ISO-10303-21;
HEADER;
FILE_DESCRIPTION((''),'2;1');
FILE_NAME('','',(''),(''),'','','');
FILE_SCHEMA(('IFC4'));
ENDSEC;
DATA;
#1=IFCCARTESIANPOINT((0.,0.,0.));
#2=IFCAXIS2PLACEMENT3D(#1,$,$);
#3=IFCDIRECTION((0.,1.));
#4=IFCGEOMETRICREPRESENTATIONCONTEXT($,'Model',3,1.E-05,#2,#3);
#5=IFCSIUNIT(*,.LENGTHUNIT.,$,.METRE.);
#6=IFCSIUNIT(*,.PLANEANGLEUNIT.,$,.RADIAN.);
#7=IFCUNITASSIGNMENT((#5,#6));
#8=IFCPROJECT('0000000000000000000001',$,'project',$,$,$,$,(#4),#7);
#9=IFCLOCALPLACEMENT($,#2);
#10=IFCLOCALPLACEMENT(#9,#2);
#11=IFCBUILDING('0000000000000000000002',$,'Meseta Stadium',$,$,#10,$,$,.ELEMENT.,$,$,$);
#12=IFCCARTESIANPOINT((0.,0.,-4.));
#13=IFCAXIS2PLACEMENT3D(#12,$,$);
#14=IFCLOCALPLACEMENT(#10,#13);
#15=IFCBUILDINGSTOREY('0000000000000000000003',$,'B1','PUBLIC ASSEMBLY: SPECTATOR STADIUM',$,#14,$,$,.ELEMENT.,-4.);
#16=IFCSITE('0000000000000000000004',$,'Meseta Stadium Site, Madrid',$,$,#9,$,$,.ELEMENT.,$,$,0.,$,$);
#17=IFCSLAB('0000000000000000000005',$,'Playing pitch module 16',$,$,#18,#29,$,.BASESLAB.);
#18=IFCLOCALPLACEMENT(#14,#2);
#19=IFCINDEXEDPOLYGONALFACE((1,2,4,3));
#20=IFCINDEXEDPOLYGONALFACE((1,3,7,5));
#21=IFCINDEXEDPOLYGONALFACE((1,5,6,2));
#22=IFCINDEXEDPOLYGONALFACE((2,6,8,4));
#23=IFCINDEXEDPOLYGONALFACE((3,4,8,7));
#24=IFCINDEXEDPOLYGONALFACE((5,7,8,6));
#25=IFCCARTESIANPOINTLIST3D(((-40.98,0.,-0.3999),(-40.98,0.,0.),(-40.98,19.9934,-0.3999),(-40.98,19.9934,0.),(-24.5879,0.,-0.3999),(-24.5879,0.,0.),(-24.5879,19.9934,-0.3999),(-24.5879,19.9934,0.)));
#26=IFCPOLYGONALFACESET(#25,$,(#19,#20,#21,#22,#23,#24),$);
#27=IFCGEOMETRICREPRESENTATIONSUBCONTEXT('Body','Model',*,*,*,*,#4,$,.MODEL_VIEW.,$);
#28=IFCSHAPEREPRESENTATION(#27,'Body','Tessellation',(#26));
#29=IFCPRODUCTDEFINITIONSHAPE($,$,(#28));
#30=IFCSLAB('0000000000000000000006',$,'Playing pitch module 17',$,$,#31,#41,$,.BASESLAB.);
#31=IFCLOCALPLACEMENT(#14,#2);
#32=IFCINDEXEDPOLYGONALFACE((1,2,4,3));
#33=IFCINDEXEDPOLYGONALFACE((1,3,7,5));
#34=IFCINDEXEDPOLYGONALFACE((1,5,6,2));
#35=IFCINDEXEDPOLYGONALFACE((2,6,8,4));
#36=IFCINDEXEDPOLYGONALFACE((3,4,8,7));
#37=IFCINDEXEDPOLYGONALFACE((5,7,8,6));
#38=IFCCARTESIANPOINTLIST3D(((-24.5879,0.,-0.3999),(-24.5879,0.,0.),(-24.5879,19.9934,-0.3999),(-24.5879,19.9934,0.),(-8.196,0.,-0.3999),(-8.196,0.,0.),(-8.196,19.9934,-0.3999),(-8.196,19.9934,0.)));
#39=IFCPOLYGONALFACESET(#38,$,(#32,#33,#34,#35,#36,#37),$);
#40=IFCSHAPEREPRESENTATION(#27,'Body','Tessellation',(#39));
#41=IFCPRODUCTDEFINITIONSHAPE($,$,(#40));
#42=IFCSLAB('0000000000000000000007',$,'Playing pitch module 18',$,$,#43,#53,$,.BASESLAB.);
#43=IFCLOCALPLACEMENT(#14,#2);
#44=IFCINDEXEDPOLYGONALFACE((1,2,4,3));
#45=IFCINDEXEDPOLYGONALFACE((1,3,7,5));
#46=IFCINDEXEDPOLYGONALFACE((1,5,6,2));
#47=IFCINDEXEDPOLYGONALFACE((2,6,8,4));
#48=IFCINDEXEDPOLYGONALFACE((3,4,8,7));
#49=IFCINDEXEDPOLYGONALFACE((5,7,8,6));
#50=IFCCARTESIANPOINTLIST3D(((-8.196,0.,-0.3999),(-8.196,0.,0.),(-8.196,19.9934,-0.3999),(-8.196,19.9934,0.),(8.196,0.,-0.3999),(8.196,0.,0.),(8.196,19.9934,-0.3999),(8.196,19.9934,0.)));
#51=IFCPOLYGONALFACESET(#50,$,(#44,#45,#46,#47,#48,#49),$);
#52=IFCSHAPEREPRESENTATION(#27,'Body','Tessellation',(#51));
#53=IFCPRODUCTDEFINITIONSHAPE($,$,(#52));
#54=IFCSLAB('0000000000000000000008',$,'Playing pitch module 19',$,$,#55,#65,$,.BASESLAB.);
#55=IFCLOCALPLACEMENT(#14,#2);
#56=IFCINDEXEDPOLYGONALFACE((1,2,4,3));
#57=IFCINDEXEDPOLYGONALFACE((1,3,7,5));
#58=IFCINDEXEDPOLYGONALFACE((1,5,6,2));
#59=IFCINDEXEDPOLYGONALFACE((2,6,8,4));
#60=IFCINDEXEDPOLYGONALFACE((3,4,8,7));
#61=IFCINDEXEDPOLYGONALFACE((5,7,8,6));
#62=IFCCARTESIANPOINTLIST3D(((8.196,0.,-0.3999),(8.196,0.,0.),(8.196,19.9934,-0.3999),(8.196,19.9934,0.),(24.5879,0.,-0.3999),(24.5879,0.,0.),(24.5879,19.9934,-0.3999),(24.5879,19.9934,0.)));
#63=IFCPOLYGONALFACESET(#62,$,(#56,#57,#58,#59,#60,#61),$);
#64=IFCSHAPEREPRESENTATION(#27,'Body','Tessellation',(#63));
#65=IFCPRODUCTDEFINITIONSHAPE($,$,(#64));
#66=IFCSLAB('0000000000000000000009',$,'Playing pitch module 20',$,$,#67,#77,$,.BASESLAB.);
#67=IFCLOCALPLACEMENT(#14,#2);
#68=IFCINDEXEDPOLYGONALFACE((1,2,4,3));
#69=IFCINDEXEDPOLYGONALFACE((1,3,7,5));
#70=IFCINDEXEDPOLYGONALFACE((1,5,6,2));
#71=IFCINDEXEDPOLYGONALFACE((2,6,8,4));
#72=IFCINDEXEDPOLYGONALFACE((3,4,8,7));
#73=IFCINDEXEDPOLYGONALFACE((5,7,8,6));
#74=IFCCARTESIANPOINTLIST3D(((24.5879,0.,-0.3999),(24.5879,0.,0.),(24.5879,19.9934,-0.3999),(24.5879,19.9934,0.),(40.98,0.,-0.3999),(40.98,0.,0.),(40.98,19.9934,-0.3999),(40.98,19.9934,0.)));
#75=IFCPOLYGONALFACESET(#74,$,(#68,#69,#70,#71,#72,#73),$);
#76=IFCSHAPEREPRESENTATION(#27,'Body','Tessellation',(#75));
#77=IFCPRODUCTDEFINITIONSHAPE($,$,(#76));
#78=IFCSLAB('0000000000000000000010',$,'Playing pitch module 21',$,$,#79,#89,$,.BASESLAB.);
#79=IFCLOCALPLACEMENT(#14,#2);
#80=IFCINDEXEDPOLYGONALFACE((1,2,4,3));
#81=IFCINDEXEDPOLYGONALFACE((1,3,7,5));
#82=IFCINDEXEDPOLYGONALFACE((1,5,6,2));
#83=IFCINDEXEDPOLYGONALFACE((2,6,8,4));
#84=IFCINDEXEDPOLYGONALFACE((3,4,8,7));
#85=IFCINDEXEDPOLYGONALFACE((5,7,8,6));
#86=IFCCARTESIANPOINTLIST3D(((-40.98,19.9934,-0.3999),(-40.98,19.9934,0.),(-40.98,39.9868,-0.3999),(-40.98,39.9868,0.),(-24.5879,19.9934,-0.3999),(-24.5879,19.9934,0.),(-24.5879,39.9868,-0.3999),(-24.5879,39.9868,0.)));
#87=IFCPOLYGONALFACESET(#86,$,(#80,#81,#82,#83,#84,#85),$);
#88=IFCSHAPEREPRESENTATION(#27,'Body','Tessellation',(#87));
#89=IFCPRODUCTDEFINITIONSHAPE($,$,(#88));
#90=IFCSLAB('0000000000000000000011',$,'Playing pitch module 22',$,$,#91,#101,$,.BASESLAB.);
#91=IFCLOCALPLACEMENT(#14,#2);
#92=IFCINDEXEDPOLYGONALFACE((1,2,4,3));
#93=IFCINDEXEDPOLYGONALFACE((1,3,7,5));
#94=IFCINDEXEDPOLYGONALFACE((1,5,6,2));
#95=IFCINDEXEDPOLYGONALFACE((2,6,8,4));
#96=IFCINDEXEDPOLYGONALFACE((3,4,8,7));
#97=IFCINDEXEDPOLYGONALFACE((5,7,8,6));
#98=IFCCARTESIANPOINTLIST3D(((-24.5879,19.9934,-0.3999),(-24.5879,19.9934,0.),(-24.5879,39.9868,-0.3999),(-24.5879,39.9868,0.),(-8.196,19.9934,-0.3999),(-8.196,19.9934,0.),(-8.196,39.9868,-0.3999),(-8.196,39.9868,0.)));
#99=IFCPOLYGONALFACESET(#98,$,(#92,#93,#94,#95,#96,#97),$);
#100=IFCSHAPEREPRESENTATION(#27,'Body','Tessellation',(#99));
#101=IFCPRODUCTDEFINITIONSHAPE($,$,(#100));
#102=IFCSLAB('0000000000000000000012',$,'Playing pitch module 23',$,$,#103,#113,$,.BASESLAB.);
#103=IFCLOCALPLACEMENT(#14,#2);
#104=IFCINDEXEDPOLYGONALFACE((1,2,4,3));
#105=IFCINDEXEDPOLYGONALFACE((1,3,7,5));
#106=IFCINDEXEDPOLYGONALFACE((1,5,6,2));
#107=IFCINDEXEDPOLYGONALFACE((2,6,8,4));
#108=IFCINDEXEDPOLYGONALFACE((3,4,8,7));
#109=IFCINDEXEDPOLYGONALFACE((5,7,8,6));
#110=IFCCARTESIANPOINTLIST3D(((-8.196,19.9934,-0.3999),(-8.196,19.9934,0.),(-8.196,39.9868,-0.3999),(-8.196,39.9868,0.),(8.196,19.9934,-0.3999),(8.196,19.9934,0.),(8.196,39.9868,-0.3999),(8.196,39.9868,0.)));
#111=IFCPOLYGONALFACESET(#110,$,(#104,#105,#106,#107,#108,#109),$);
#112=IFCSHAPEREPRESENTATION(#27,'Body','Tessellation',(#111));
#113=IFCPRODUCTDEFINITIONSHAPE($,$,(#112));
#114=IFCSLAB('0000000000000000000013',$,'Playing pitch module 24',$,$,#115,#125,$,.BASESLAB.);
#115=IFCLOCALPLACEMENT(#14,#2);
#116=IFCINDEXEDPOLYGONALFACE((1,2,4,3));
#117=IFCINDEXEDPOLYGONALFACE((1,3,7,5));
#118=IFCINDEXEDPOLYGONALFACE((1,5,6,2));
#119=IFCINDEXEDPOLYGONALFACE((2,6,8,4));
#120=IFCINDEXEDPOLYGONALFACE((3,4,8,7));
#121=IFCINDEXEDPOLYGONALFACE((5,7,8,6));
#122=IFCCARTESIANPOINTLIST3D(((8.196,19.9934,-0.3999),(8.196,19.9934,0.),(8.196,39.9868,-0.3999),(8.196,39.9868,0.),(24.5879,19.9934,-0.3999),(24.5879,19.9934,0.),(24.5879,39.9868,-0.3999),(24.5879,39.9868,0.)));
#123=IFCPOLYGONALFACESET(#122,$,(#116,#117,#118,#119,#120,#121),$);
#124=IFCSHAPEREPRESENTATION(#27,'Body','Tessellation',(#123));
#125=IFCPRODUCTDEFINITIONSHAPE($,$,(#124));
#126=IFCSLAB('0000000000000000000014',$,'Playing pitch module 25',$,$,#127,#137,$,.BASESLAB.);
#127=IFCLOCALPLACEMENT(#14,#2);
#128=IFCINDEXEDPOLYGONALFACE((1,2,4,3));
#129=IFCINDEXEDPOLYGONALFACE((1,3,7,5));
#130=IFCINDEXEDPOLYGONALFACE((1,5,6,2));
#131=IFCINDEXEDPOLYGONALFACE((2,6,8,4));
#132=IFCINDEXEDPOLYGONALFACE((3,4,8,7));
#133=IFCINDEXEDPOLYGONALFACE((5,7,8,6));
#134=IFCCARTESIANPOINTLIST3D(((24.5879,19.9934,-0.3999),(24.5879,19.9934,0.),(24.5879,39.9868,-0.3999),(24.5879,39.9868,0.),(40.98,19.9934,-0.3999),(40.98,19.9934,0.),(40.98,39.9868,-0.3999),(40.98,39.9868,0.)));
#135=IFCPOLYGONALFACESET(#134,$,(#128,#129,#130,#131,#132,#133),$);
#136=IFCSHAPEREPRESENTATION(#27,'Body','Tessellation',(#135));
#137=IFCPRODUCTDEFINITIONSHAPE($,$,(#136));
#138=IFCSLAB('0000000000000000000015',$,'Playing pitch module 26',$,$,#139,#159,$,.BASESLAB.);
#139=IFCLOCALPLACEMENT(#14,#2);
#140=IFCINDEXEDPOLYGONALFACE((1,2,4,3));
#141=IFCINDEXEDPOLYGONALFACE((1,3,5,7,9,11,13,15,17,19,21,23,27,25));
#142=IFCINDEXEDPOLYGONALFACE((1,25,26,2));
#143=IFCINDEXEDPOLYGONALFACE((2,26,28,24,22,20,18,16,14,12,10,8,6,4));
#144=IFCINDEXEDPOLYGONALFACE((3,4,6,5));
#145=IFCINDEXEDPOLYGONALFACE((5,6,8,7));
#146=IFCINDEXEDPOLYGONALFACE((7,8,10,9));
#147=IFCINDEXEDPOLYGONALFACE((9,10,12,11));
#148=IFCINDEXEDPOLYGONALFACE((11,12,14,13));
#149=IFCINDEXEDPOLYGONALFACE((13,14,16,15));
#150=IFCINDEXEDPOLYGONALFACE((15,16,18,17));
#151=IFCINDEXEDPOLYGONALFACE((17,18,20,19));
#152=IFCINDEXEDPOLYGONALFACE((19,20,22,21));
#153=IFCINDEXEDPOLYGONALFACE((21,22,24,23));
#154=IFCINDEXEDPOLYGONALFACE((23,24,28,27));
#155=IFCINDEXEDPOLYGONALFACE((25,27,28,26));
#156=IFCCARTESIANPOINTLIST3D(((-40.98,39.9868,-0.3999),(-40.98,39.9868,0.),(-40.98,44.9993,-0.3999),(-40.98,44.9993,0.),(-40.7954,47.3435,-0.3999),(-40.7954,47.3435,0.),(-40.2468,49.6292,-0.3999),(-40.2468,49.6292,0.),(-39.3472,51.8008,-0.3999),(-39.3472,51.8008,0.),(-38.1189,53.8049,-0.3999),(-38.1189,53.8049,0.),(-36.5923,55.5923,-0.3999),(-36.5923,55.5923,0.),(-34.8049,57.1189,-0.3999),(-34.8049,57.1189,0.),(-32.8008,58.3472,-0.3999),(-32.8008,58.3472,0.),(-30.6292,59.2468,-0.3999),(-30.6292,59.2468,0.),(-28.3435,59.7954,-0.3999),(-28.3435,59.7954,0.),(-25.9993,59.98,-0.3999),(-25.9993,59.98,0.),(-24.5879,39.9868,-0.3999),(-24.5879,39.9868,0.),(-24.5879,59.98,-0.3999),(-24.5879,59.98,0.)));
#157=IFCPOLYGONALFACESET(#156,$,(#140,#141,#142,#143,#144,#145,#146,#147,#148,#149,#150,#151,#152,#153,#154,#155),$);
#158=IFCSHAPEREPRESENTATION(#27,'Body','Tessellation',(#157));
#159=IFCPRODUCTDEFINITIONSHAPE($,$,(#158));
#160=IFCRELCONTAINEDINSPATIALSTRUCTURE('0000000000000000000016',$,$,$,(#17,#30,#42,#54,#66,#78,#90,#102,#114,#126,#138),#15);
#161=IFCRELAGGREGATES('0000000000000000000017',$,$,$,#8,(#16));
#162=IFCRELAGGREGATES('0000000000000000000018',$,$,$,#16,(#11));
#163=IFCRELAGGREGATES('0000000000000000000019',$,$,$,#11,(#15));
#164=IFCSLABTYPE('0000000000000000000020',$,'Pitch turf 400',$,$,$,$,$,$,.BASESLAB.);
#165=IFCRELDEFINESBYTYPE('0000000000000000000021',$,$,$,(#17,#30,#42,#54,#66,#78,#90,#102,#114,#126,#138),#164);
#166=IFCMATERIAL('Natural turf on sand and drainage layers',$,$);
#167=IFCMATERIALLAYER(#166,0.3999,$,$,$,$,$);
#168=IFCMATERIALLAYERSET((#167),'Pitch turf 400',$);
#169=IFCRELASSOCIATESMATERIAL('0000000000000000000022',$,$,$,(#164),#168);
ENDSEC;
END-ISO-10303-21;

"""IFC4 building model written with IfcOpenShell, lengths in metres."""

from ifc_helpers import new_model, si_unit, direction, frame, origin, place, context, subcontext, project, spatial, polyline, outline, extrude, material, layer, layer_set, type_object, element, save


model = new_model("IFC4")

# Units and contexts
model_context = context("Model", 3, precision=1e-05, world=origin(), true_north=direction((0.0, 1.0)))
body_context = subcontext(model_context, "Body", "Model", "MODEL_VIEW")
ifc_project = project(units=[si_unit("LENGTHUNIT", "METRE"), si_unit("PLANEANGLEUNIT", "RADIAN")], contexts=[model_context])

# Site, building, storey
site_placement = place(None, origin())
site = spatial("IfcSite", under=ifc_project, at=site_placement, Name="Meseta Stadium Site, Madrid", CompositionType="ELEMENT", RefElevation=0.0)
building_placement = place(site_placement, origin())
building = spatial("IfcBuilding", under=site, at=building_placement, Name="Meseta Stadium", CompositionType="ELEMENT")
storey_placement = place(building_placement, frame((0.0, 0.0, -4.0)))
storey = spatial("IfcBuildingStorey", under=building, at=storey_placement, Name="B1", Description="PUBLIC ASSEMBLY: SPECTATOR STADIUM", CompositionType="ELEMENT", Elevation=-4.0)

# Slabs
ifc_material_1 = material(Name="Natural turf on sand and drainage layers")
ifc_layer = layer(ifc_material_1, 0.3999)
ifc_layer_set = layer_set([ifc_layer], Name="Pitch turf 400")
slab_type = type_object("IfcSlabType", Name="Pitch turf 400", PredefinedType="BASESLAB", material=ifc_layer_set)
slab_1_placement = place(storey_placement, frame((0.0, 0.0, -0.3999)))
element("IfcSlab", 1, at=slab_1_placement, inside=storey, type_object=slab_type, Name="Playing pitch module 16", PredefinedType="BASESLAB", context=body_context, shape_type="SweptSolid", body=[
    extrude(outline(polyline([(-40.98, 19.9934), (-40.98, 0.0), (-24.5879, 0.0), (-24.5879, 19.9934), (-40.98, 19.9934)])), origin(), (0.0, 0.0, 1.0), 0.3999),
])
slab_2_placement = place(storey_placement, frame((0.0, 0.0, -0.3999)))
element("IfcSlab", 2, at=slab_2_placement, inside=storey, type_object=slab_type, Name="Playing pitch module 17", PredefinedType="BASESLAB", context=body_context, shape_type="SweptSolid", body=[
    extrude(outline(polyline([(-8.196, 0.0), (-8.196, 19.9934), (-24.5879, 19.9934), (-24.5879, 0.0), (-8.196, 0.0)])), origin(), (0.0, 0.0, 1.0), 0.3999),
])
slab_3_placement = place(storey_placement, frame((0.0, 0.0, -0.3999)))
element("IfcSlab", 3, at=slab_3_placement, inside=storey, type_object=slab_type, Name="Playing pitch module 18", PredefinedType="BASESLAB", context=body_context, shape_type="SweptSolid", body=[
    extrude(outline(polyline([(8.196, 0.0), (8.196, 19.9934), (-8.196, 19.9934), (-8.196, 0.0), (8.196, 0.0)])), origin(), (0.0, 0.0, 1.0), 0.3999),
])
slab_4_placement = place(storey_placement, frame((0.0, 0.0, -0.3999)))
element("IfcSlab", 4, at=slab_4_placement, inside=storey, type_object=slab_type, Name="Playing pitch module 19", PredefinedType="BASESLAB", context=body_context, shape_type="SweptSolid", body=[
    extrude(outline(polyline([(24.5879, 0.0), (24.5879, 19.9934), (8.196, 19.9934), (8.196, 0.0), (24.5879, 0.0)])), origin(), (0.0, 0.0, 1.0), 0.3999),
])
slab_5_placement = place(storey_placement, frame((0.0, 0.0, -0.3999)))
element("IfcSlab", 5, at=slab_5_placement, inside=storey, type_object=slab_type, Name="Playing pitch module 20", PredefinedType="BASESLAB", context=body_context, shape_type="SweptSolid", body=[
    extrude(outline(polyline([(40.98, 19.9934), (24.5879, 19.9934), (24.5879, 0.0), (40.98, 0.0), (40.98, 19.9934)])), origin(), (0.0, 0.0, 1.0), 0.3999),
])
slab_6_placement = place(storey_placement, frame((0.0, 0.0, -0.3999)))
element("IfcSlab", 6, at=slab_6_placement, inside=storey, type_object=slab_type, Name="Playing pitch module 21", PredefinedType="BASESLAB", context=body_context, shape_type="SweptSolid", body=[
    extrude(outline(polyline([(-40.98, 39.9868), (-40.98, 19.9934), (-24.5879, 19.9934), (-24.5879, 39.9868), (-40.98, 39.9868)])), origin(), (0.0, 0.0, 1.0), 0.3999),
])
slab_7_placement = place(storey_placement, frame((0.0, 0.0, -0.3999)))
element("IfcSlab", 7, at=slab_7_placement, inside=storey, type_object=slab_type, Name="Playing pitch module 22", PredefinedType="BASESLAB", context=body_context, shape_type="SweptSolid", body=[
    extrude(outline(polyline([(-8.196, 19.9934), (-8.196, 39.9868), (-24.5879, 39.9868), (-24.5879, 19.9934), (-8.196, 19.9934)])), origin(), (0.0, 0.0, 1.0), 0.3999),
])
slab_8_placement = place(storey_placement, frame((0.0, 0.0, -0.3999)))
element("IfcSlab", 8, at=slab_8_placement, inside=storey, type_object=slab_type, Name="Playing pitch module 23", PredefinedType="BASESLAB", context=body_context, shape_type="SweptSolid", body=[
    extrude(outline(polyline([(8.196, 19.9934), (8.196, 39.9868), (-8.196, 39.9868), (-8.196, 19.9934), (8.196, 19.9934)])), origin(), (0.0, 0.0, 1.0), 0.3999),
])
slab_9_placement = place(storey_placement, frame((0.0, 0.0, -0.3999)))
element("IfcSlab", 9, at=slab_9_placement, inside=storey, type_object=slab_type, Name="Playing pitch module 24", PredefinedType="BASESLAB", context=body_context, shape_type="SweptSolid", body=[
    extrude(outline(polyline([(24.5879, 19.9934), (24.5879, 39.9868), (8.196, 39.9868), (8.196, 19.9934), (24.5879, 19.9934)])), origin(), (0.0, 0.0, 1.0), 0.3999),
])
slab_10_placement = place(storey_placement, frame((0.0, 0.0, -0.3999)))
element("IfcSlab", 10, at=slab_10_placement, inside=storey, type_object=slab_type, Name="Playing pitch module 25", PredefinedType="BASESLAB", context=body_context, shape_type="SweptSolid", body=[
    extrude(outline(polyline([(40.98, 39.9868), (24.5879, 39.9868), (24.5879, 19.9934), (40.98, 19.9934), (40.98, 39.9868)])), origin(), (0.0, 0.0, 1.0), 0.3999),
])
slab_11_placement = place(storey_placement, frame((0.0, 0.0, -0.3999)))
element("IfcSlab", 11, at=slab_11_placement, inside=storey, type_object=slab_type, Name="Playing pitch module 26", PredefinedType="BASESLAB", context=body_context, shape_type="SweptSolid", body=[
    extrude(outline(polyline([(-24.5879, 59.98), (-25.9993, 59.98), (-28.3435, 59.7954), (-30.6292, 59.2468), (-32.8008, 58.3472), (-34.8049, 57.1189), (-36.5923, 55.5923), (-38.1189, 53.8049), (-39.3472, 51.8008), (-40.2468, 49.6292), (-40.7954, 47.3435), (-40.98, 44.9993), (-40.98, 39.9868), (-24.5879, 39.9868), (-24.5879, 59.98)])), origin(), (0.0, 0.0, 1.0), 0.3999),
])

save(model, "model.ifc")
